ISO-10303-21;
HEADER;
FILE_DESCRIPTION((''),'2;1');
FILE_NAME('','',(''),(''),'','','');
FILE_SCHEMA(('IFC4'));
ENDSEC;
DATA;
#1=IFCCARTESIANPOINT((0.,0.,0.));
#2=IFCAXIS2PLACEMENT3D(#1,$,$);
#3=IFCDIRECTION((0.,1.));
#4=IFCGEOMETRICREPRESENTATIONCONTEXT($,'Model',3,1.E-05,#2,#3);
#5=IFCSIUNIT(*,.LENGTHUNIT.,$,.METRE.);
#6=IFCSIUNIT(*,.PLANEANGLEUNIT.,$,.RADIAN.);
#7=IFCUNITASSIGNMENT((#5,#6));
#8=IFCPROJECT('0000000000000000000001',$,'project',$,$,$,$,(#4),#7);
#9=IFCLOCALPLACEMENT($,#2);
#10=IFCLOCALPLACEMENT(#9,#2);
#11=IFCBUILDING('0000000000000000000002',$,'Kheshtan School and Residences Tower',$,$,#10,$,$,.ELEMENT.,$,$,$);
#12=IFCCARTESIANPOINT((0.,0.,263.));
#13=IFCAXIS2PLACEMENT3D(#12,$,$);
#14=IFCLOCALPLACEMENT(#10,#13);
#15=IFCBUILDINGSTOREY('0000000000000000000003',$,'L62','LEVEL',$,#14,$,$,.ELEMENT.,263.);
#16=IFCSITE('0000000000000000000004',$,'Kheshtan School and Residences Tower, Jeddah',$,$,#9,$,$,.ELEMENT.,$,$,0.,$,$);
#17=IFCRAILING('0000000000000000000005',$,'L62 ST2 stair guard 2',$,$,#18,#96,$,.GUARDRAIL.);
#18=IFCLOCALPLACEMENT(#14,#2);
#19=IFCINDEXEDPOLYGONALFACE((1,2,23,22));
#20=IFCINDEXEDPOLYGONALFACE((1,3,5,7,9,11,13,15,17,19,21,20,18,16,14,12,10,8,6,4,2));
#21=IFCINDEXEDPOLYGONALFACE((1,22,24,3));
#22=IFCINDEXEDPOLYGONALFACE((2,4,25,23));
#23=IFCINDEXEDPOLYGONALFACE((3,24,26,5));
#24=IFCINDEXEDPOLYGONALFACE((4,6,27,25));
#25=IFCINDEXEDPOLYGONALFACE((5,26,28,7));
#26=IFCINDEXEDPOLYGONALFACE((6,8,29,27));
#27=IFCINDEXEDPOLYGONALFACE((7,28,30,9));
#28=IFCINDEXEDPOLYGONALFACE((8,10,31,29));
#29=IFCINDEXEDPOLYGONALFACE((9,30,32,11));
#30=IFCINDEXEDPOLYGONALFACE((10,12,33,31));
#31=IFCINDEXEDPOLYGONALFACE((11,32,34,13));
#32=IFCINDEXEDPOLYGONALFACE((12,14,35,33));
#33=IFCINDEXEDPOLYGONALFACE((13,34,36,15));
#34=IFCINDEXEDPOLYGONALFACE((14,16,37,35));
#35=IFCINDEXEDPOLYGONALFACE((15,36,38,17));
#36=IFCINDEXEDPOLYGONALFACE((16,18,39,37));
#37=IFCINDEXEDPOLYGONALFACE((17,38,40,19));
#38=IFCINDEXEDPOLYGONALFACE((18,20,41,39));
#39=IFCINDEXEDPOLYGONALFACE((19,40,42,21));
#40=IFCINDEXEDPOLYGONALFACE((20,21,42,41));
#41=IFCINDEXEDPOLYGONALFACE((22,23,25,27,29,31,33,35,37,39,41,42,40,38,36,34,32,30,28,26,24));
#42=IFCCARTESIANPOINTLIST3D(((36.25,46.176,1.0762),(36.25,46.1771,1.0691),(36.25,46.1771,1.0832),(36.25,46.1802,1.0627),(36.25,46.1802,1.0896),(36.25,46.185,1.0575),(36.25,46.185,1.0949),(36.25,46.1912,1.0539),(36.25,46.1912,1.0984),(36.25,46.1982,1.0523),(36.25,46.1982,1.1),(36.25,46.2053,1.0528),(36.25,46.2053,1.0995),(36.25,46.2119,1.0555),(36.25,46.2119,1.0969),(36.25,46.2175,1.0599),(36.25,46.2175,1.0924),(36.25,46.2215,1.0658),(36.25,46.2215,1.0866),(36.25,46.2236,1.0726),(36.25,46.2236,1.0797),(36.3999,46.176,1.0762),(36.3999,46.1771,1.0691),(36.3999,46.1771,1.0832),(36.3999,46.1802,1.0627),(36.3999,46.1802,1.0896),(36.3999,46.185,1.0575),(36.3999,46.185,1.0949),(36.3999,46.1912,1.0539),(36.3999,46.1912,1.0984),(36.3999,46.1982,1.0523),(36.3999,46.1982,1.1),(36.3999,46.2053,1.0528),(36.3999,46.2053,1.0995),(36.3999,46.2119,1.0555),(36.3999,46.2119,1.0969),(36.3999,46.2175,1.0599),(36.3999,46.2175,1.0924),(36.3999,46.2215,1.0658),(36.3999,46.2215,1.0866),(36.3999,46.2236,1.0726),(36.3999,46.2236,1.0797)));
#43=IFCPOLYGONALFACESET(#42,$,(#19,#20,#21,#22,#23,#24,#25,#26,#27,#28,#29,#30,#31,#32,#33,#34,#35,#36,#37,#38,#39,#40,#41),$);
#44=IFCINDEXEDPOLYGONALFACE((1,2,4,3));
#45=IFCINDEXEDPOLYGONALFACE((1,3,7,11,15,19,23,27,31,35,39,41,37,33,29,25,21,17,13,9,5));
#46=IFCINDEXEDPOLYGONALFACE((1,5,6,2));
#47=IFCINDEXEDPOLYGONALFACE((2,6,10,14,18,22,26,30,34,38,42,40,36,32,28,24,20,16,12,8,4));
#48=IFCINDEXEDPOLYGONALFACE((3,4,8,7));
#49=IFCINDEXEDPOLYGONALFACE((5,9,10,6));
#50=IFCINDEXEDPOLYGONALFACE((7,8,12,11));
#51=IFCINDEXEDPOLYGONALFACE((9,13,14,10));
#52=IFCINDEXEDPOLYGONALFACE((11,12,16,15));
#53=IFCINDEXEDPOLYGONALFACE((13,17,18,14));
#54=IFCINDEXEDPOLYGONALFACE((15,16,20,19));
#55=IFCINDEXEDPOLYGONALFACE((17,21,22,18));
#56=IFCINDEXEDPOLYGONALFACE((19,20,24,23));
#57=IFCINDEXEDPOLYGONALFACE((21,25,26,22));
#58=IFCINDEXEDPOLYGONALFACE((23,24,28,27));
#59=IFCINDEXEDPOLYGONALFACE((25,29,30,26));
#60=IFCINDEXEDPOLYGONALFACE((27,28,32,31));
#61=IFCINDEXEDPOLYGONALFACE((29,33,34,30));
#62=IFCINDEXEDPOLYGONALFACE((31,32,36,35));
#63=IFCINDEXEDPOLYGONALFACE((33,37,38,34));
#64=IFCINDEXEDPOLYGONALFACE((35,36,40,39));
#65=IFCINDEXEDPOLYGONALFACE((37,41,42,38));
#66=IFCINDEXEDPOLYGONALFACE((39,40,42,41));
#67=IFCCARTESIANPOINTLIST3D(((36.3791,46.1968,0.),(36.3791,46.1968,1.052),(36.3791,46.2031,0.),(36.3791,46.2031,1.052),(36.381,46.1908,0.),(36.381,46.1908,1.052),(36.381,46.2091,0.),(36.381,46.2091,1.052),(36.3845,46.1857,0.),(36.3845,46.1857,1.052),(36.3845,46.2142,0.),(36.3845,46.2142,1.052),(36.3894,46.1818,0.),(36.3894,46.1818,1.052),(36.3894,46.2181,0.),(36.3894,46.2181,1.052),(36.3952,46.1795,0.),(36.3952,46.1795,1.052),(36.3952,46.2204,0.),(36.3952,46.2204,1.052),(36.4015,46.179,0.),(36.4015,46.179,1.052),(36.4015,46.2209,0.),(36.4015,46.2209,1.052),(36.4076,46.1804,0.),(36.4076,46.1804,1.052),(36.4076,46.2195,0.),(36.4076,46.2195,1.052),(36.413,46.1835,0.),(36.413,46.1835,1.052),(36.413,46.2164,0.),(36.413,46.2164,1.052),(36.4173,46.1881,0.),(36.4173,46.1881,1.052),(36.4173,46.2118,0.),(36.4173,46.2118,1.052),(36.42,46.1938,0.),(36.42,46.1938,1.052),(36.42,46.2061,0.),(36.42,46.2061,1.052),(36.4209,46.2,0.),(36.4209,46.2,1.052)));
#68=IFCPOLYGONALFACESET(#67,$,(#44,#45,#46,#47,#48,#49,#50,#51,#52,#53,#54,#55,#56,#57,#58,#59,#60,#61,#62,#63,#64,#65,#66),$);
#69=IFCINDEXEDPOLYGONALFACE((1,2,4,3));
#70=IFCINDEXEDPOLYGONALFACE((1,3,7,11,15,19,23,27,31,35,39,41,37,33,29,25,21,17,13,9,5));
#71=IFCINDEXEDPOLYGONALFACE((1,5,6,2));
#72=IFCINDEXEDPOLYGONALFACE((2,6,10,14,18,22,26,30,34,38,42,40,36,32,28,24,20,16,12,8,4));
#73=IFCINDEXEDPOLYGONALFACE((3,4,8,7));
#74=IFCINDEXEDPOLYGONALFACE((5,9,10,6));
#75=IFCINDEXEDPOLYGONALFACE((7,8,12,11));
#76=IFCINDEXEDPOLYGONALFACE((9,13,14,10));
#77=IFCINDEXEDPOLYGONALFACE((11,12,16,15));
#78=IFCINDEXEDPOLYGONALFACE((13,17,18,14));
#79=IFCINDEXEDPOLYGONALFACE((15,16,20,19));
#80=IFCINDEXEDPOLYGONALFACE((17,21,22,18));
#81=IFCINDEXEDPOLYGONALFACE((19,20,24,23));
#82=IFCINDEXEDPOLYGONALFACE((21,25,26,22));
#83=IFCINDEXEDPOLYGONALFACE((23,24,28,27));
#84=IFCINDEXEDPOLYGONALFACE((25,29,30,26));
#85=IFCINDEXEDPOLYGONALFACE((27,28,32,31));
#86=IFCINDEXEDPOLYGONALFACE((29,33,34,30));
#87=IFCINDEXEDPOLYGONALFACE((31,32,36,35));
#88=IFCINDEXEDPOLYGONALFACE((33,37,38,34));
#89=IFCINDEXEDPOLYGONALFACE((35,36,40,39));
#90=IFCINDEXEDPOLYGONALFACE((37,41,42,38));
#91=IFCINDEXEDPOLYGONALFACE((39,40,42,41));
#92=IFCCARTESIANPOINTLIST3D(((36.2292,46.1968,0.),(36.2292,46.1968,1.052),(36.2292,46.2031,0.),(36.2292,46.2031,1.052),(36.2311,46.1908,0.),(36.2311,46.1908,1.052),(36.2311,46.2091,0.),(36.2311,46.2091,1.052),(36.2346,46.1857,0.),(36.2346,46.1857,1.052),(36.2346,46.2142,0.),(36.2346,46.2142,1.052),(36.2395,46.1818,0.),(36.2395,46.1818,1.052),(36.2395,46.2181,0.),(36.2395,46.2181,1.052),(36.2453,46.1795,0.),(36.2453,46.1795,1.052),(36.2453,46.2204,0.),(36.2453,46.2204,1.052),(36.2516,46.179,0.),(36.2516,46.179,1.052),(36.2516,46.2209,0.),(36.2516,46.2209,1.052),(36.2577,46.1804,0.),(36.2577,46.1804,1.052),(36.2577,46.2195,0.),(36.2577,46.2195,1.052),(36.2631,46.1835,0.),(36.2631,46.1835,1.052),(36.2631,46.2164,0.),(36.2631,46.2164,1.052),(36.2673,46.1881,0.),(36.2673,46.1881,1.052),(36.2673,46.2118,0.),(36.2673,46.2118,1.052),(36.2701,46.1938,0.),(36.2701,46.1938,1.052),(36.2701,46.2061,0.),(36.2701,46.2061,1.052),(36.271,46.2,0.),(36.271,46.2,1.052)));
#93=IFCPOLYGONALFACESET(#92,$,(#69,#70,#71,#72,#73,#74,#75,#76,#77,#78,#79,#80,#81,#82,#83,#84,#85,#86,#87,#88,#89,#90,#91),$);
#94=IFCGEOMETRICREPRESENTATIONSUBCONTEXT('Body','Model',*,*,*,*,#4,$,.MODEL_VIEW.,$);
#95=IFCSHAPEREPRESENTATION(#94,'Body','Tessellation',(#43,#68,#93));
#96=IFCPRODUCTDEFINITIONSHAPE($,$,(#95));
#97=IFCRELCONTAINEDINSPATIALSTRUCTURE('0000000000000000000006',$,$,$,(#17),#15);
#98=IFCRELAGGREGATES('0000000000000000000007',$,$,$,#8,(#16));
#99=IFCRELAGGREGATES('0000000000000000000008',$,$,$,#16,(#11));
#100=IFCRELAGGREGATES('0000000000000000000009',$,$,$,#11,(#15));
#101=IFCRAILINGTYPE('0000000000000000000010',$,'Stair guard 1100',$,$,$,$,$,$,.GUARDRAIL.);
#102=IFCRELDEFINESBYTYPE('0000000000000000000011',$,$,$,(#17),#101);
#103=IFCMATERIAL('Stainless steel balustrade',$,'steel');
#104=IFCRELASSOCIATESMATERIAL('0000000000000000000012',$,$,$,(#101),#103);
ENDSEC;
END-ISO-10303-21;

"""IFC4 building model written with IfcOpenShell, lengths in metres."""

from ifc_helpers import new_model, si_unit, direction, frame, origin, origin_2d, place, context, subcontext, project, spatial, circle, extrude, material, type_object, element, save


model = new_model("IFC4")

# Units and contexts
model_context = context("Model", 3, precision=1e-05, world=origin(), true_north=direction((0.0, 1.0)))
body_context = subcontext(model_context, "Body", "Model", "MODEL_VIEW")
ifc_project = project(units=[si_unit("LENGTHUNIT", "METRE"), si_unit("PLANEANGLEUNIT", "RADIAN")], contexts=[model_context])

# Site, building, storey
site_placement = place(None, origin())
site = spatial("IfcSite", under=ifc_project, at=site_placement, Name="Kheshtan School and Residences Tower, Jeddah", CompositionType="ELEMENT", RefElevation=0.0)
building_placement = place(site_placement, origin())
building = spatial("IfcBuilding", under=site, at=building_placement, Name="Kheshtan School and Residences Tower", CompositionType="ELEMENT")
storey_placement = place(building_placement, frame((0.0, 0.0, 263.0)))
storey = spatial("IfcBuildingStorey", under=building, at=storey_placement, Name="L62", Description="LEVEL", CompositionType="ELEMENT", Elevation=263.0)

# Railing
ifc_material_1 = material(Name="Stainless steel balustrade", Category="steel")
railing_type_1 = type_object("IfcRailingType", Name="Stair guard 1100", PredefinedType="GUARDRAIL", material=ifc_material_1)
railing_1_placement = place(storey_placement, frame((36.3999, 46.2, 0.0)))
element("IfcRailing", 1, at=railing_1_placement, inside=storey, type_object=railing_type_1, Name="L62 ST2 stair guard 2", PredefinedType="GUARDRAIL", context=body_context, shape_type="SweptSolid", body=[
    extrude(circle(Radius=0.0239, at=origin_2d()), frame((0.0, 0.0, 1.0762), z_axis=(-1.0, 0.0, 0.0), x_axis=(0.0, -1.0, 0.0)), (0.0, 0.0, 1.0), 0.1499),
    extrude(circle(Radius=0.021, at=origin_2d()), origin(), (0.0, 0.0, 1.0), 1.052),
    extrude(circle(Radius=0.021, at=origin_2d()), frame((-0.1499, 0.0, 0.0)), (0.0, 0.0, 1.0), 1.052),
])

save(model, "model.ifc")
